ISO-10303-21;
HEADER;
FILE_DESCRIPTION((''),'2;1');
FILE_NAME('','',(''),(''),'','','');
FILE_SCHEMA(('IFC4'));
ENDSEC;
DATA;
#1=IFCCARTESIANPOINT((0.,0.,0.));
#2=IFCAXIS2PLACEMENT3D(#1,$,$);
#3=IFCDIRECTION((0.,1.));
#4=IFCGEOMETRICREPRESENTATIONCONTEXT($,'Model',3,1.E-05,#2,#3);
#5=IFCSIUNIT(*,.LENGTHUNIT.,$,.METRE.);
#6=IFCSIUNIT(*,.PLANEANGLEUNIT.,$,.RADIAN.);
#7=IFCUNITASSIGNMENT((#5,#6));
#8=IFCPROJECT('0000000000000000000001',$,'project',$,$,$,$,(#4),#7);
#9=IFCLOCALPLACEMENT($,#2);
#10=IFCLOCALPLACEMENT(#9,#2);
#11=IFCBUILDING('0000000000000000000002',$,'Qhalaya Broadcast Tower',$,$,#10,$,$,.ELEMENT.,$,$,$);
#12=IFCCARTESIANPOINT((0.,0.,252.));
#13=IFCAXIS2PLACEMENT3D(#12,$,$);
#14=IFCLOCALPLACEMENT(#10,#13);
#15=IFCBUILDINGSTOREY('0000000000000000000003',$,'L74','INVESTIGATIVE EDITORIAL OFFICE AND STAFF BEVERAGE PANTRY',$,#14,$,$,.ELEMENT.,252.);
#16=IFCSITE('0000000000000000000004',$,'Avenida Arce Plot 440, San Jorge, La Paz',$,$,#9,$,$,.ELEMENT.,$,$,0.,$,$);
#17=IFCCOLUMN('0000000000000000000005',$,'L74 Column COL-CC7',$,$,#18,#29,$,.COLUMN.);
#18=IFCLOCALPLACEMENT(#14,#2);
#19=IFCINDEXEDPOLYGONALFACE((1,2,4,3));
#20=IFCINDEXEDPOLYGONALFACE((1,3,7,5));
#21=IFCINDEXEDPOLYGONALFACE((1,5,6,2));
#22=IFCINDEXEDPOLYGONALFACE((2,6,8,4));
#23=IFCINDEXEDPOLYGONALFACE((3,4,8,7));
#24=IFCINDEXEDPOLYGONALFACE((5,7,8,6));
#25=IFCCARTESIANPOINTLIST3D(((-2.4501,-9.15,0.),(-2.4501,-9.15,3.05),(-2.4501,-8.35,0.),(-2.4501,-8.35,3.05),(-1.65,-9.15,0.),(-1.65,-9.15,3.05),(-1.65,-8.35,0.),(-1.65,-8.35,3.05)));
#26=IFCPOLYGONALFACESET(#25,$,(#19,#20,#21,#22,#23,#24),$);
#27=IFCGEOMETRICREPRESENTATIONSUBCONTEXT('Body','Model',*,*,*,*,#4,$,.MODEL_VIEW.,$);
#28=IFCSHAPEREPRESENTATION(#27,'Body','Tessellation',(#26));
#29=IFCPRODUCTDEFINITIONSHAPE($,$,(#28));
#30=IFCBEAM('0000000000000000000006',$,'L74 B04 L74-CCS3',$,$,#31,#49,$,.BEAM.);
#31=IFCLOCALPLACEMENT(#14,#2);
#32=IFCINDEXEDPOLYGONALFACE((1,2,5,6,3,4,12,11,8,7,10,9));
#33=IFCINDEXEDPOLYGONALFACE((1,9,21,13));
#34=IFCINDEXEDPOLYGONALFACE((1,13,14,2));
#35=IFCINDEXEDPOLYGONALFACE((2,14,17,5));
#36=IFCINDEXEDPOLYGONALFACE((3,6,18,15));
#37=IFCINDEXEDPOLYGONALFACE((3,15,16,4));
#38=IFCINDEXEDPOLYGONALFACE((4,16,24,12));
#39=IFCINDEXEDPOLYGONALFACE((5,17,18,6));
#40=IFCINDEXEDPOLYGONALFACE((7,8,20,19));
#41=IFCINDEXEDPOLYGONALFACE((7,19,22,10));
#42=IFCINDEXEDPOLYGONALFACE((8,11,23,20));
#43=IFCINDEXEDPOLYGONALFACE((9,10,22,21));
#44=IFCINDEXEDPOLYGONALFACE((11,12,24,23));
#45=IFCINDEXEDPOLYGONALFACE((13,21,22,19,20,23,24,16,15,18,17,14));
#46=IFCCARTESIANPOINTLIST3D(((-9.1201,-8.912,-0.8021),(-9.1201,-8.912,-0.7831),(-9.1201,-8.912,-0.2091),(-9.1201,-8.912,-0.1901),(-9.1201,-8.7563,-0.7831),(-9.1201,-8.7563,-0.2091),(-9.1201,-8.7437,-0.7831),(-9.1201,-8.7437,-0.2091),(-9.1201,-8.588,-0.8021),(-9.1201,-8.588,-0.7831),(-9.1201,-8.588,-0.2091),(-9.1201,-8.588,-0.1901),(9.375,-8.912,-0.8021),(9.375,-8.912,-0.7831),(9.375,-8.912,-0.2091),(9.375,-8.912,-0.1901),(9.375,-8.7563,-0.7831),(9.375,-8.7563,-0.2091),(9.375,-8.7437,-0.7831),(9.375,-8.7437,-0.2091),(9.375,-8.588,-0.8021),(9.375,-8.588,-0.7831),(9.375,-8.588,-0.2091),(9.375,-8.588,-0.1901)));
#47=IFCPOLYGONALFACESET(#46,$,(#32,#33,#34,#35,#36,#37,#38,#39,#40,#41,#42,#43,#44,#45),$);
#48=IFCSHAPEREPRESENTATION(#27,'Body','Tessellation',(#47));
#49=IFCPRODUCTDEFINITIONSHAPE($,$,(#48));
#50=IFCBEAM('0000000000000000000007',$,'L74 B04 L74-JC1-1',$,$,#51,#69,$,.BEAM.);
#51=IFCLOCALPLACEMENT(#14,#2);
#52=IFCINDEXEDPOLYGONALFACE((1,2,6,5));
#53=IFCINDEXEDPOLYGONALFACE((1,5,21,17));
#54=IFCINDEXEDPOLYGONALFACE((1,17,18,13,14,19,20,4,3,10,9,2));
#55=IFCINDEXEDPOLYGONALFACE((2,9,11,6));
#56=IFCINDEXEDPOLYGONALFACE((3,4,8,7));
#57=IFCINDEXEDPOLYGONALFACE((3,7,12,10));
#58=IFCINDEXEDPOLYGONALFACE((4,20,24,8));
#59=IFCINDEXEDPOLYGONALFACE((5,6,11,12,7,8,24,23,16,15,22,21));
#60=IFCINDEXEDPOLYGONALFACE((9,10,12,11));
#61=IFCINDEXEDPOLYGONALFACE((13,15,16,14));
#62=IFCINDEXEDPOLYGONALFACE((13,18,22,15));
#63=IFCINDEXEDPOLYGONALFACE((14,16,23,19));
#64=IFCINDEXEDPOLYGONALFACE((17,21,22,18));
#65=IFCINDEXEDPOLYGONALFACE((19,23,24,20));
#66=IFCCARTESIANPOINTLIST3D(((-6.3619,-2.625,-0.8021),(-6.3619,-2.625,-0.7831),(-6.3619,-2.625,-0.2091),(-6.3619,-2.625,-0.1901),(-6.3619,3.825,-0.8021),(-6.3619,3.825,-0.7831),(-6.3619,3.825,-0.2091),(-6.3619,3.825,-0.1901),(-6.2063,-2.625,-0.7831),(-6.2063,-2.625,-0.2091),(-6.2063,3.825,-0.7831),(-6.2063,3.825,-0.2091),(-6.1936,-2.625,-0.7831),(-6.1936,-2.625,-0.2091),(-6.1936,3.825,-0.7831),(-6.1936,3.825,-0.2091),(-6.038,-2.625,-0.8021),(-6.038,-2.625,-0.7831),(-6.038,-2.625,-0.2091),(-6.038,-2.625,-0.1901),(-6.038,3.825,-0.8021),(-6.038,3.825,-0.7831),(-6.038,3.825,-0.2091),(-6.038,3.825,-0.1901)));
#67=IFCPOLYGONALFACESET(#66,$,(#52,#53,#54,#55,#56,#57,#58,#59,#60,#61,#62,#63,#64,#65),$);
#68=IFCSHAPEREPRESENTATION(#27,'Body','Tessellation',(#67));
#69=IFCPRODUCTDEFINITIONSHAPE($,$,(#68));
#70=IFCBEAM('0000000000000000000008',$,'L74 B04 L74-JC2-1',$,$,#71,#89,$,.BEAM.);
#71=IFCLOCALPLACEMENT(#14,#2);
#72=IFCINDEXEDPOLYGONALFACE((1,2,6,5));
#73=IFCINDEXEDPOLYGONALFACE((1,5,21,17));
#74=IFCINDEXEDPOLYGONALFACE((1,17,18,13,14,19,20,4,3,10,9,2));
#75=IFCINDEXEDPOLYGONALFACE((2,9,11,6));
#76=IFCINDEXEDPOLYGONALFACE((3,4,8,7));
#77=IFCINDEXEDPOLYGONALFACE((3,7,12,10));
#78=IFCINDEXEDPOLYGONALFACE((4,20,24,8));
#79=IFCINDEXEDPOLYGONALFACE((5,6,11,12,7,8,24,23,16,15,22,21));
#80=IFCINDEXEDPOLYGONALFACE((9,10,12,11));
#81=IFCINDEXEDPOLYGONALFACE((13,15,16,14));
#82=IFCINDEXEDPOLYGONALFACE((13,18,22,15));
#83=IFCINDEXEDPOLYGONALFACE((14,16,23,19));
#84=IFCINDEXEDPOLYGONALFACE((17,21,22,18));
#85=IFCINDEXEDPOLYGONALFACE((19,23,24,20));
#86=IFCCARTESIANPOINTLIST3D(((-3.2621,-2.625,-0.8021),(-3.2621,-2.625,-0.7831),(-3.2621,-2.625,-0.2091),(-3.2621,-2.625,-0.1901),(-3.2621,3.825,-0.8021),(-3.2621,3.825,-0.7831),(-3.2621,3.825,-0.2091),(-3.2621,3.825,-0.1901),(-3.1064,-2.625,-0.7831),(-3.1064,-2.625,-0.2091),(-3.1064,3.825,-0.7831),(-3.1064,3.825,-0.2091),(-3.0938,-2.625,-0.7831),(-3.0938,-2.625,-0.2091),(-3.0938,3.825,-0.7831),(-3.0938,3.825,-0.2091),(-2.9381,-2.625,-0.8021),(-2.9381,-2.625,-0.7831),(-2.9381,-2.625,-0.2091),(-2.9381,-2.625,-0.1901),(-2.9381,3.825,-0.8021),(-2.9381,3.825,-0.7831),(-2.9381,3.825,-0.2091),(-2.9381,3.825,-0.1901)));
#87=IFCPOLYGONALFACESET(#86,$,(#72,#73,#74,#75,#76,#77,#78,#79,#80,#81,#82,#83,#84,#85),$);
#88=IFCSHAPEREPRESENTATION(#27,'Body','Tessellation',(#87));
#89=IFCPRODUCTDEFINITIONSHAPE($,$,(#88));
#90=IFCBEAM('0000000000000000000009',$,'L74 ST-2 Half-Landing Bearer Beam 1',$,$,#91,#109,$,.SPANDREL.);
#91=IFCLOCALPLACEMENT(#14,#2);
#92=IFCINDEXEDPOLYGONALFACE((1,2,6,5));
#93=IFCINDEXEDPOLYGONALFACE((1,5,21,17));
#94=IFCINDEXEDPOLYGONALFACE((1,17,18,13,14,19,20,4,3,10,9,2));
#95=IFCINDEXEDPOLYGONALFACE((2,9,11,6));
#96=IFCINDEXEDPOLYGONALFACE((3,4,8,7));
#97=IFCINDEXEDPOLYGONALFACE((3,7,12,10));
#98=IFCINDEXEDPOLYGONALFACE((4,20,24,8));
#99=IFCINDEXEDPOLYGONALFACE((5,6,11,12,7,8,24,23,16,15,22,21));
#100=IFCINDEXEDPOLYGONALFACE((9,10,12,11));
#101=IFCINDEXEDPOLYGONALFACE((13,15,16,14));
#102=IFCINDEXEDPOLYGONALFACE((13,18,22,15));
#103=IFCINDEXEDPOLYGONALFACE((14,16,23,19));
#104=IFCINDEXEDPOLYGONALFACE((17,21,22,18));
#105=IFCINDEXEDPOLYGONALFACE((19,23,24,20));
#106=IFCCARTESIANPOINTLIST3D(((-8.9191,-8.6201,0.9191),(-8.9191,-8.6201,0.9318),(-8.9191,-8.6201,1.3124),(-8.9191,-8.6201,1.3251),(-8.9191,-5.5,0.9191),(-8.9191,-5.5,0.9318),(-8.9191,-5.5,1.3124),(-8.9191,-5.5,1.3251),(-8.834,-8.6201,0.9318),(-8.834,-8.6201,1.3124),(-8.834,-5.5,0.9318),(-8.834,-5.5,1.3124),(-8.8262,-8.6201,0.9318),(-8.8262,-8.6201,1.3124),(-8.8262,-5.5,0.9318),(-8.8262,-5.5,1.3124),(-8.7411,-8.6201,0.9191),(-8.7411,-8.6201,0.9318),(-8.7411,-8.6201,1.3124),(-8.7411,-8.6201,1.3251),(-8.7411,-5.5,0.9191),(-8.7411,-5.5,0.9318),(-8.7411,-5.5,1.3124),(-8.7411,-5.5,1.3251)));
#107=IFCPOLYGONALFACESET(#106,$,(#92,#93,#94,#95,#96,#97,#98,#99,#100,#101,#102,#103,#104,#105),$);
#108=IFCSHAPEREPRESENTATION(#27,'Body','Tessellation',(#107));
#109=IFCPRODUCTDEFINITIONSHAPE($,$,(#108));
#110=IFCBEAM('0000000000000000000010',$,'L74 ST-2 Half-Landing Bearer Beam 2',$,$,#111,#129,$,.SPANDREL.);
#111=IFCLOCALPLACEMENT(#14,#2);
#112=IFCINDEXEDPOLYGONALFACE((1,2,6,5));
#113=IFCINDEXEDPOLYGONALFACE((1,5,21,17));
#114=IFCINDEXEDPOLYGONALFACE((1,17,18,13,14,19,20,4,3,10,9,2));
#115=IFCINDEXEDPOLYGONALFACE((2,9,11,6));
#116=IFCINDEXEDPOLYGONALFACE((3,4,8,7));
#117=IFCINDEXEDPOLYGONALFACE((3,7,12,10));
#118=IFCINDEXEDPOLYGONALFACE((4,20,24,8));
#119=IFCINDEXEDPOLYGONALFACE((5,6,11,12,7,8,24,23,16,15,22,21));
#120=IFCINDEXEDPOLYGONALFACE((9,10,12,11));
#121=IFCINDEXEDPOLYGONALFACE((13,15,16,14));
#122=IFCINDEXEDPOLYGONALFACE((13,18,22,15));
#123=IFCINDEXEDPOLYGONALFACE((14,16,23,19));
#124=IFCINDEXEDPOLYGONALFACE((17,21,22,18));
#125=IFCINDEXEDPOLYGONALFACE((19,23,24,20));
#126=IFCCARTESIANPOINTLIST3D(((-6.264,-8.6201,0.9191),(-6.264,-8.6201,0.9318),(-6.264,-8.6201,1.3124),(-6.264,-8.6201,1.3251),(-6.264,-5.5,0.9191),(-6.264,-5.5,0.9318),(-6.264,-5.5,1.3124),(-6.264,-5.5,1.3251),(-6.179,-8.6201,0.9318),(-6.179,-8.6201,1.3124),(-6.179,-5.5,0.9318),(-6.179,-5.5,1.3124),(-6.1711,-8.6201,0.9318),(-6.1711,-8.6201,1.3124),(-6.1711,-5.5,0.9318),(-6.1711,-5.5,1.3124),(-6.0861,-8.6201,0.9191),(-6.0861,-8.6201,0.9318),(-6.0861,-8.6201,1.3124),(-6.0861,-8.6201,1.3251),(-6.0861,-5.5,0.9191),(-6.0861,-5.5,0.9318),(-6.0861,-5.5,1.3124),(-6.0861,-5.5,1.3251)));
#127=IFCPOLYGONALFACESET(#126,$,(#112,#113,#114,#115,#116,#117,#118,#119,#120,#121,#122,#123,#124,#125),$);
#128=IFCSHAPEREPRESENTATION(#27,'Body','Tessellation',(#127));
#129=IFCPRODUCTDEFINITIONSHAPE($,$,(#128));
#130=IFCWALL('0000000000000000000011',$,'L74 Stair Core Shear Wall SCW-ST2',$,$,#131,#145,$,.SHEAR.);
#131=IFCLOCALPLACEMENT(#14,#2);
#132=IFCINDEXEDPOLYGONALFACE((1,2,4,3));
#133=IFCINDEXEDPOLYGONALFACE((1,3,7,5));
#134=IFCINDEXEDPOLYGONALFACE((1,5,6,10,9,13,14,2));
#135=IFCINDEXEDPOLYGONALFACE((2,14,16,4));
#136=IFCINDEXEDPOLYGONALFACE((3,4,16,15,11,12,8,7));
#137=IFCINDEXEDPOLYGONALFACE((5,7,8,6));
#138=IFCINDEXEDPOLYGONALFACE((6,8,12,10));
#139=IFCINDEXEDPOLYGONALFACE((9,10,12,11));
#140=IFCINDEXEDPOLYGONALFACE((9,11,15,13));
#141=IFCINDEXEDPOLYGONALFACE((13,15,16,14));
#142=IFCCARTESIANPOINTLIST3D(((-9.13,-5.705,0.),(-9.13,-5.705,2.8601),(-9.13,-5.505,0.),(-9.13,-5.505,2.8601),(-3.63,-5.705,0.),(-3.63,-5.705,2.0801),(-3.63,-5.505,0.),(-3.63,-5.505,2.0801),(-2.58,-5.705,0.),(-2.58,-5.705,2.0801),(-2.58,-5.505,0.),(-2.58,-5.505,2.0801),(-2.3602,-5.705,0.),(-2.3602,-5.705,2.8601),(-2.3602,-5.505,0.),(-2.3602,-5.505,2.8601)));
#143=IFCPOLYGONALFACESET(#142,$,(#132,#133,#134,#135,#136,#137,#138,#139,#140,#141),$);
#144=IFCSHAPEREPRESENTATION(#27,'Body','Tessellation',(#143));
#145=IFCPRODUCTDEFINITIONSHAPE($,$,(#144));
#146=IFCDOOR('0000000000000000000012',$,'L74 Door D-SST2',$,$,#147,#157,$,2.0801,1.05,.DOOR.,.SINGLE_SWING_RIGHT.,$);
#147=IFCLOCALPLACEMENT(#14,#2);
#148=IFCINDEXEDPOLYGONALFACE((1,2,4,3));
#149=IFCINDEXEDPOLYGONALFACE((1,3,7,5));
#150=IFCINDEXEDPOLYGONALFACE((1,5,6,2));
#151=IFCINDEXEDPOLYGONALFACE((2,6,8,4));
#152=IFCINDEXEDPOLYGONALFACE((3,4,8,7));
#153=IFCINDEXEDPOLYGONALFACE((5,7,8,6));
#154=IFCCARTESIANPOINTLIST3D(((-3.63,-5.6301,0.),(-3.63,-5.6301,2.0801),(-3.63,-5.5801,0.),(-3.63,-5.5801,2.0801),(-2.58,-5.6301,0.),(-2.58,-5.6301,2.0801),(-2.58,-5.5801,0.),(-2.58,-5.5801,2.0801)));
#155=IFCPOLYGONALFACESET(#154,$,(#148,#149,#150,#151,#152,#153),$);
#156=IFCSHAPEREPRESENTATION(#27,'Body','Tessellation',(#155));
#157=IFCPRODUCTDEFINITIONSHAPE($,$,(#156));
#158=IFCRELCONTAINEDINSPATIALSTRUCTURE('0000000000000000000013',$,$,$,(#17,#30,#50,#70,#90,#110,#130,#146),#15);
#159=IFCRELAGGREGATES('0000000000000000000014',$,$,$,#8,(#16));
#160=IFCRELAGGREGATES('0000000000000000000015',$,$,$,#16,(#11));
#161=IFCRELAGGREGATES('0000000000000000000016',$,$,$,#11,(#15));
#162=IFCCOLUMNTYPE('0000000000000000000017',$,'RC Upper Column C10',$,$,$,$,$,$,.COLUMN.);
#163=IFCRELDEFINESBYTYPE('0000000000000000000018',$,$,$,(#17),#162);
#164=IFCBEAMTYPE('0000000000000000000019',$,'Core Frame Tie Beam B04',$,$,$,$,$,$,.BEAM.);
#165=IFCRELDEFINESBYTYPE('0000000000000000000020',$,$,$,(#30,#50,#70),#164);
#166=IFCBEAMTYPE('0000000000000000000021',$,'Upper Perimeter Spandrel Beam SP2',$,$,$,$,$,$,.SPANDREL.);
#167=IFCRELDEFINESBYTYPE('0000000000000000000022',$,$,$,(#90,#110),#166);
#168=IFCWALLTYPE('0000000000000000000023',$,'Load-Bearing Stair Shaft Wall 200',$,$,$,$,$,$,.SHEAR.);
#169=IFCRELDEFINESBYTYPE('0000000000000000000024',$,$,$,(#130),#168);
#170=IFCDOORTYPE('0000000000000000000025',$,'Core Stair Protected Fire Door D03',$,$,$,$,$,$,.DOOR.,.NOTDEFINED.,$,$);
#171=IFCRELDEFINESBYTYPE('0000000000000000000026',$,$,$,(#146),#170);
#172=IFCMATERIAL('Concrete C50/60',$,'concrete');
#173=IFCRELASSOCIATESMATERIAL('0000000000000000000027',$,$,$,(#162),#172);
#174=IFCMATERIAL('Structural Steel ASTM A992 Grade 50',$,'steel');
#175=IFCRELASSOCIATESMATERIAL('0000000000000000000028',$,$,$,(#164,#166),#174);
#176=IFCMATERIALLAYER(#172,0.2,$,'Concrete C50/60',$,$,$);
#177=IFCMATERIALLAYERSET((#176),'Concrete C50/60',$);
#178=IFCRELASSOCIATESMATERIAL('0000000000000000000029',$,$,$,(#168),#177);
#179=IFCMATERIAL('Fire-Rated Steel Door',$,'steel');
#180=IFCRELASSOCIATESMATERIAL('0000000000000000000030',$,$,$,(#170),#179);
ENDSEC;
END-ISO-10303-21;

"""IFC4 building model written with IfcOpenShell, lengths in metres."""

from ifc_helpers import new_model, si_unit, direction, frame, frame_2d, origin, origin_2d, place, context, subcontext, project, spatial, rectangle, i_section, extrude, material, layer, layer_set, material_profile, profile_set, type_object, element, fill, save


model = new_model("IFC4")

# Units and contexts
model_context = context("Model", 3, precision=1e-05, world=origin(), true_north=direction((0.0, 1.0)))
body_context = subcontext(model_context, "Body", "Model", "MODEL_VIEW")
ifc_project = project(units=[si_unit("LENGTHUNIT", "METRE"), si_unit("PLANEANGLEUNIT", "RADIAN")], contexts=[model_context])

# Site, building, storey
site_placement = place(None, origin())
site = spatial("IfcSite", under=ifc_project, at=site_placement, Name="Avenida Arce Plot 440, San Jorge, La Paz", CompositionType="ELEMENT", RefElevation=0.0)
building_placement = place(site_placement, origin())
building = spatial("IfcBuilding", under=site, at=building_placement, Name="Qhalaya Broadcast Tower", CompositionType="ELEMENT")
storey_placement = place(building_placement, frame((0.0, 0.0, 252.0)))
storey = spatial("IfcBuildingStorey", under=building, at=storey_placement, Name="L74", Description="INVESTIGATIVE EDITORIAL OFFICE AND STAFF BEVERAGE PANTRY", CompositionType="ELEMENT", Elevation=252.0)

# Column
ifc_material_1 = material(Name="Concrete C50/60", Category="concrete")
ifc_material_profile_1 = material_profile(ifc_material_1, rectangle(XDim=0.8, YDim=0.8, at=origin_2d()), Name="RC-COL 800x800")
ifc_profile_set_1 = profile_set([ifc_material_profile_1], Name="Concrete C50/60")
column_type = type_object("IfcColumnType", Name="RC Upper Column C10", PredefinedType="COLUMN", material=ifc_profile_set_1)
column_placement = place(storey_placement, frame((-2.05, -8.75, 0.0), z_axis=(0.0, 0.0, 1.0), x_axis=(1.0, 0.0, 0.0)))
element("IfcColumn", 1, at=column_placement, inside=storey, type_object=column_type, Name="L74 Column COL-CC7", PredefinedType="COLUMN", context=body_context, shape_type="SweptSolid", body=[
    extrude(rectangle(XDim=0.8, YDim=0.8, at=origin_2d()), origin(), (0.0, 0.0, 1.0), 3.05),
])

# Beams
ifc_material_2 = material(Name="Structural Steel ASTM A992 Grade 50", Category="steel")
ifc_material_profile_2 = material_profile(ifc_material_2, i_section(OverallWidth=0.324, OverallDepth=0.6121, WebThickness=0.0127, FlangeThickness=0.019, at=origin_2d()), Name="W24X104")
ifc_profile_set_2 = profile_set([ifc_material_profile_2], Name="Structural Steel ASTM A992 Grade 50")
beam_type_1 = type_object("IfcBeamType", Name="Core Frame Tie Beam B04", PredefinedType="BEAM", material=ifc_profile_set_2)
beam_placement = place(storey_placement, frame((-9.1201, -8.75, -0.4961), z_axis=(1.0, 0.0, 0.0), x_axis=(0.0, 1.0, 0.0)))
element("IfcBeam", 2, at=beam_placement, inside=storey, type_object=beam_type_1, Name="L74 B04 L74-CCS3", PredefinedType="BEAM", context=body_context, shape_type="SweptSolid", body=[
    extrude(i_section(OverallWidth=0.324, OverallDepth=0.6121, WebThickness=0.0127, FlangeThickness=0.019, at=origin_2d()), origin(), (0.0, 0.0, 1.0), 18.4951),
])
for number, where, z_axis, x_axis, name in (
    (3, (-6.2, -2.625, -0.4961), (0.0, 1.0, 0.0), (-1.0, 0.0, 0.0), "L74 B04 L74-JC1-1"),
    (4, (-3.1001, -2.625, -0.4961), (0.0, 1.0, 0.0), (-1.0, 0.0, 0.0), "L74 B04 L74-JC2-1"),
):
    element("IfcBeam", number, at=place(storey_placement, frame(where, z_axis=z_axis, x_axis=x_axis)), inside=storey, type_object=beam_type_1, Name=name, PredefinedType="BEAM", context=body_context, shape_type="SweptSolid", body=[
        extrude(i_section(OverallWidth=0.324, OverallDepth=0.6121, WebThickness=0.0127, FlangeThickness=0.019, at=origin_2d()), origin(), (0.0, 0.0, 1.0), 6.45),
    ])
ifc_material_profile_3 = material_profile(ifc_material_2, i_section(OverallWidth=0.178, OverallDepth=0.406, WebThickness=0.0078, FlangeThickness=0.0127, at=origin_2d()), Name="W16X40")
ifc_profile_set_3 = profile_set([ifc_material_profile_3], Name="Structural Steel ASTM A992 Grade 50")
beam_type_2 = type_object("IfcBeamType", Name="Upper Perimeter Spandrel Beam SP2", PredefinedType="SPANDREL", material=ifc_profile_set_3)
for number, where, z_axis, x_axis, name in (
    (5, (-8.8301, -8.6201, 1.1221), (0.0, 1.0, 0.0), (-1.0, 0.0, 0.0), "L74 ST-2 Half-Landing Bearer Beam 1"),
    (6, (-6.175, -8.6201, 1.1221), (0.0, 1.0, 0.0), (-1.0, 0.0, 0.0), "L74 ST-2 Half-Landing Bearer Beam 2"),
):
    element("IfcBeam", number, at=place(storey_placement, frame(where, z_axis=z_axis, x_axis=x_axis)), inside=storey, type_object=beam_type_2, Name=name, PredefinedType="SPANDREL", context=body_context, shape_type="SweptSolid", body=[
        extrude(i_section(OverallWidth=0.178, OverallDepth=0.406, WebThickness=0.0078, FlangeThickness=0.0127, at=origin_2d()), origin(), (0.0, 0.0, 1.0), 3.1201),
    ])

# Wall, opening, door
ifc_layer_1 = layer(ifc_material_1, 0.2, Name="Concrete C50/60")
ifc_layer_set_1 = layer_set([ifc_layer_1], Name="Concrete C50/60")
wall_type_1 = type_object("IfcWallType", Name="Load-Bearing Stair Shaft Wall 200", PredefinedType="SHEAR", material=ifc_layer_set_1)
wall_1_placement = place(storey_placement, frame((-9.1299, -5.605, 0.0), z_axis=(0.0, 0.0, 1.0), x_axis=(1.0, 0.0, 0.0)))
wall_1 = element("IfcWall", 7, at=wall_1_placement, inside=storey, type_object=wall_type_1, Name="L74 Stair Core Shear Wall SCW-ST2", PredefinedType="SHEAR", context=body_context, shape_type="SweptSolid", body=[
    extrude(rectangle(XDim=6.7698, YDim=0.2, at=frame_2d((3.3848, 0.0))), origin(), (0.0, 0.0, 1.0), 2.8601),
])
opening_1_placement = place(wall_1_placement, frame((5.5, 0.0, 0.0)))
opening_1 = element("IfcOpeningElement", 8, at=opening_1_placement, cuts=wall_1, PredefinedType="OPENING", context=body_context, shape_type="SweptSolid", body=[
    extrude(rectangle(XDim=1.05, YDim=2.0801, at=frame_2d((0.5249, 1.04))), frame((0.0, 0.1121, 0.0), z_axis=(0.0, -1.0, 0.0), x_axis=(1.0, 0.0, 0.0)), (0.0, 0.0, 1.0), 0.2239),
])
ifc_material_3 = material(Name="Fire-Rated Steel Door", Category="steel")
door_type_1 = type_object("IfcDoorType", Name="Core Stair Protected Fire Door D03", OperationType="NOTDEFINED", PredefinedType="DOOR", material=ifc_material_3)
door_1_placement = place(opening_1_placement, origin())
door_1 = element("IfcDoor", 9, at=door_1_placement, inside=storey, type_object=door_type_1, Name="L74 Door D-SST2", OperationType="SINGLE_SWING_RIGHT", OverallHeight=2.0801, OverallWidth=1.05, PredefinedType="DOOR", context=body_context, shape_type="SweptSolid", body=[
    extrude(rectangle(XDim=1.05, YDim=2.0801, at=frame_2d((0.5249, 1.04))), frame((0.0, 0.0249, 0.0), z_axis=(0.0, -1.0, 0.0), x_axis=(1.0, 0.0, 0.0)), (0.0, 0.0, 1.0), 0.05),
])
fill(opening_1, door_1)

save(model, "model.ifc")
